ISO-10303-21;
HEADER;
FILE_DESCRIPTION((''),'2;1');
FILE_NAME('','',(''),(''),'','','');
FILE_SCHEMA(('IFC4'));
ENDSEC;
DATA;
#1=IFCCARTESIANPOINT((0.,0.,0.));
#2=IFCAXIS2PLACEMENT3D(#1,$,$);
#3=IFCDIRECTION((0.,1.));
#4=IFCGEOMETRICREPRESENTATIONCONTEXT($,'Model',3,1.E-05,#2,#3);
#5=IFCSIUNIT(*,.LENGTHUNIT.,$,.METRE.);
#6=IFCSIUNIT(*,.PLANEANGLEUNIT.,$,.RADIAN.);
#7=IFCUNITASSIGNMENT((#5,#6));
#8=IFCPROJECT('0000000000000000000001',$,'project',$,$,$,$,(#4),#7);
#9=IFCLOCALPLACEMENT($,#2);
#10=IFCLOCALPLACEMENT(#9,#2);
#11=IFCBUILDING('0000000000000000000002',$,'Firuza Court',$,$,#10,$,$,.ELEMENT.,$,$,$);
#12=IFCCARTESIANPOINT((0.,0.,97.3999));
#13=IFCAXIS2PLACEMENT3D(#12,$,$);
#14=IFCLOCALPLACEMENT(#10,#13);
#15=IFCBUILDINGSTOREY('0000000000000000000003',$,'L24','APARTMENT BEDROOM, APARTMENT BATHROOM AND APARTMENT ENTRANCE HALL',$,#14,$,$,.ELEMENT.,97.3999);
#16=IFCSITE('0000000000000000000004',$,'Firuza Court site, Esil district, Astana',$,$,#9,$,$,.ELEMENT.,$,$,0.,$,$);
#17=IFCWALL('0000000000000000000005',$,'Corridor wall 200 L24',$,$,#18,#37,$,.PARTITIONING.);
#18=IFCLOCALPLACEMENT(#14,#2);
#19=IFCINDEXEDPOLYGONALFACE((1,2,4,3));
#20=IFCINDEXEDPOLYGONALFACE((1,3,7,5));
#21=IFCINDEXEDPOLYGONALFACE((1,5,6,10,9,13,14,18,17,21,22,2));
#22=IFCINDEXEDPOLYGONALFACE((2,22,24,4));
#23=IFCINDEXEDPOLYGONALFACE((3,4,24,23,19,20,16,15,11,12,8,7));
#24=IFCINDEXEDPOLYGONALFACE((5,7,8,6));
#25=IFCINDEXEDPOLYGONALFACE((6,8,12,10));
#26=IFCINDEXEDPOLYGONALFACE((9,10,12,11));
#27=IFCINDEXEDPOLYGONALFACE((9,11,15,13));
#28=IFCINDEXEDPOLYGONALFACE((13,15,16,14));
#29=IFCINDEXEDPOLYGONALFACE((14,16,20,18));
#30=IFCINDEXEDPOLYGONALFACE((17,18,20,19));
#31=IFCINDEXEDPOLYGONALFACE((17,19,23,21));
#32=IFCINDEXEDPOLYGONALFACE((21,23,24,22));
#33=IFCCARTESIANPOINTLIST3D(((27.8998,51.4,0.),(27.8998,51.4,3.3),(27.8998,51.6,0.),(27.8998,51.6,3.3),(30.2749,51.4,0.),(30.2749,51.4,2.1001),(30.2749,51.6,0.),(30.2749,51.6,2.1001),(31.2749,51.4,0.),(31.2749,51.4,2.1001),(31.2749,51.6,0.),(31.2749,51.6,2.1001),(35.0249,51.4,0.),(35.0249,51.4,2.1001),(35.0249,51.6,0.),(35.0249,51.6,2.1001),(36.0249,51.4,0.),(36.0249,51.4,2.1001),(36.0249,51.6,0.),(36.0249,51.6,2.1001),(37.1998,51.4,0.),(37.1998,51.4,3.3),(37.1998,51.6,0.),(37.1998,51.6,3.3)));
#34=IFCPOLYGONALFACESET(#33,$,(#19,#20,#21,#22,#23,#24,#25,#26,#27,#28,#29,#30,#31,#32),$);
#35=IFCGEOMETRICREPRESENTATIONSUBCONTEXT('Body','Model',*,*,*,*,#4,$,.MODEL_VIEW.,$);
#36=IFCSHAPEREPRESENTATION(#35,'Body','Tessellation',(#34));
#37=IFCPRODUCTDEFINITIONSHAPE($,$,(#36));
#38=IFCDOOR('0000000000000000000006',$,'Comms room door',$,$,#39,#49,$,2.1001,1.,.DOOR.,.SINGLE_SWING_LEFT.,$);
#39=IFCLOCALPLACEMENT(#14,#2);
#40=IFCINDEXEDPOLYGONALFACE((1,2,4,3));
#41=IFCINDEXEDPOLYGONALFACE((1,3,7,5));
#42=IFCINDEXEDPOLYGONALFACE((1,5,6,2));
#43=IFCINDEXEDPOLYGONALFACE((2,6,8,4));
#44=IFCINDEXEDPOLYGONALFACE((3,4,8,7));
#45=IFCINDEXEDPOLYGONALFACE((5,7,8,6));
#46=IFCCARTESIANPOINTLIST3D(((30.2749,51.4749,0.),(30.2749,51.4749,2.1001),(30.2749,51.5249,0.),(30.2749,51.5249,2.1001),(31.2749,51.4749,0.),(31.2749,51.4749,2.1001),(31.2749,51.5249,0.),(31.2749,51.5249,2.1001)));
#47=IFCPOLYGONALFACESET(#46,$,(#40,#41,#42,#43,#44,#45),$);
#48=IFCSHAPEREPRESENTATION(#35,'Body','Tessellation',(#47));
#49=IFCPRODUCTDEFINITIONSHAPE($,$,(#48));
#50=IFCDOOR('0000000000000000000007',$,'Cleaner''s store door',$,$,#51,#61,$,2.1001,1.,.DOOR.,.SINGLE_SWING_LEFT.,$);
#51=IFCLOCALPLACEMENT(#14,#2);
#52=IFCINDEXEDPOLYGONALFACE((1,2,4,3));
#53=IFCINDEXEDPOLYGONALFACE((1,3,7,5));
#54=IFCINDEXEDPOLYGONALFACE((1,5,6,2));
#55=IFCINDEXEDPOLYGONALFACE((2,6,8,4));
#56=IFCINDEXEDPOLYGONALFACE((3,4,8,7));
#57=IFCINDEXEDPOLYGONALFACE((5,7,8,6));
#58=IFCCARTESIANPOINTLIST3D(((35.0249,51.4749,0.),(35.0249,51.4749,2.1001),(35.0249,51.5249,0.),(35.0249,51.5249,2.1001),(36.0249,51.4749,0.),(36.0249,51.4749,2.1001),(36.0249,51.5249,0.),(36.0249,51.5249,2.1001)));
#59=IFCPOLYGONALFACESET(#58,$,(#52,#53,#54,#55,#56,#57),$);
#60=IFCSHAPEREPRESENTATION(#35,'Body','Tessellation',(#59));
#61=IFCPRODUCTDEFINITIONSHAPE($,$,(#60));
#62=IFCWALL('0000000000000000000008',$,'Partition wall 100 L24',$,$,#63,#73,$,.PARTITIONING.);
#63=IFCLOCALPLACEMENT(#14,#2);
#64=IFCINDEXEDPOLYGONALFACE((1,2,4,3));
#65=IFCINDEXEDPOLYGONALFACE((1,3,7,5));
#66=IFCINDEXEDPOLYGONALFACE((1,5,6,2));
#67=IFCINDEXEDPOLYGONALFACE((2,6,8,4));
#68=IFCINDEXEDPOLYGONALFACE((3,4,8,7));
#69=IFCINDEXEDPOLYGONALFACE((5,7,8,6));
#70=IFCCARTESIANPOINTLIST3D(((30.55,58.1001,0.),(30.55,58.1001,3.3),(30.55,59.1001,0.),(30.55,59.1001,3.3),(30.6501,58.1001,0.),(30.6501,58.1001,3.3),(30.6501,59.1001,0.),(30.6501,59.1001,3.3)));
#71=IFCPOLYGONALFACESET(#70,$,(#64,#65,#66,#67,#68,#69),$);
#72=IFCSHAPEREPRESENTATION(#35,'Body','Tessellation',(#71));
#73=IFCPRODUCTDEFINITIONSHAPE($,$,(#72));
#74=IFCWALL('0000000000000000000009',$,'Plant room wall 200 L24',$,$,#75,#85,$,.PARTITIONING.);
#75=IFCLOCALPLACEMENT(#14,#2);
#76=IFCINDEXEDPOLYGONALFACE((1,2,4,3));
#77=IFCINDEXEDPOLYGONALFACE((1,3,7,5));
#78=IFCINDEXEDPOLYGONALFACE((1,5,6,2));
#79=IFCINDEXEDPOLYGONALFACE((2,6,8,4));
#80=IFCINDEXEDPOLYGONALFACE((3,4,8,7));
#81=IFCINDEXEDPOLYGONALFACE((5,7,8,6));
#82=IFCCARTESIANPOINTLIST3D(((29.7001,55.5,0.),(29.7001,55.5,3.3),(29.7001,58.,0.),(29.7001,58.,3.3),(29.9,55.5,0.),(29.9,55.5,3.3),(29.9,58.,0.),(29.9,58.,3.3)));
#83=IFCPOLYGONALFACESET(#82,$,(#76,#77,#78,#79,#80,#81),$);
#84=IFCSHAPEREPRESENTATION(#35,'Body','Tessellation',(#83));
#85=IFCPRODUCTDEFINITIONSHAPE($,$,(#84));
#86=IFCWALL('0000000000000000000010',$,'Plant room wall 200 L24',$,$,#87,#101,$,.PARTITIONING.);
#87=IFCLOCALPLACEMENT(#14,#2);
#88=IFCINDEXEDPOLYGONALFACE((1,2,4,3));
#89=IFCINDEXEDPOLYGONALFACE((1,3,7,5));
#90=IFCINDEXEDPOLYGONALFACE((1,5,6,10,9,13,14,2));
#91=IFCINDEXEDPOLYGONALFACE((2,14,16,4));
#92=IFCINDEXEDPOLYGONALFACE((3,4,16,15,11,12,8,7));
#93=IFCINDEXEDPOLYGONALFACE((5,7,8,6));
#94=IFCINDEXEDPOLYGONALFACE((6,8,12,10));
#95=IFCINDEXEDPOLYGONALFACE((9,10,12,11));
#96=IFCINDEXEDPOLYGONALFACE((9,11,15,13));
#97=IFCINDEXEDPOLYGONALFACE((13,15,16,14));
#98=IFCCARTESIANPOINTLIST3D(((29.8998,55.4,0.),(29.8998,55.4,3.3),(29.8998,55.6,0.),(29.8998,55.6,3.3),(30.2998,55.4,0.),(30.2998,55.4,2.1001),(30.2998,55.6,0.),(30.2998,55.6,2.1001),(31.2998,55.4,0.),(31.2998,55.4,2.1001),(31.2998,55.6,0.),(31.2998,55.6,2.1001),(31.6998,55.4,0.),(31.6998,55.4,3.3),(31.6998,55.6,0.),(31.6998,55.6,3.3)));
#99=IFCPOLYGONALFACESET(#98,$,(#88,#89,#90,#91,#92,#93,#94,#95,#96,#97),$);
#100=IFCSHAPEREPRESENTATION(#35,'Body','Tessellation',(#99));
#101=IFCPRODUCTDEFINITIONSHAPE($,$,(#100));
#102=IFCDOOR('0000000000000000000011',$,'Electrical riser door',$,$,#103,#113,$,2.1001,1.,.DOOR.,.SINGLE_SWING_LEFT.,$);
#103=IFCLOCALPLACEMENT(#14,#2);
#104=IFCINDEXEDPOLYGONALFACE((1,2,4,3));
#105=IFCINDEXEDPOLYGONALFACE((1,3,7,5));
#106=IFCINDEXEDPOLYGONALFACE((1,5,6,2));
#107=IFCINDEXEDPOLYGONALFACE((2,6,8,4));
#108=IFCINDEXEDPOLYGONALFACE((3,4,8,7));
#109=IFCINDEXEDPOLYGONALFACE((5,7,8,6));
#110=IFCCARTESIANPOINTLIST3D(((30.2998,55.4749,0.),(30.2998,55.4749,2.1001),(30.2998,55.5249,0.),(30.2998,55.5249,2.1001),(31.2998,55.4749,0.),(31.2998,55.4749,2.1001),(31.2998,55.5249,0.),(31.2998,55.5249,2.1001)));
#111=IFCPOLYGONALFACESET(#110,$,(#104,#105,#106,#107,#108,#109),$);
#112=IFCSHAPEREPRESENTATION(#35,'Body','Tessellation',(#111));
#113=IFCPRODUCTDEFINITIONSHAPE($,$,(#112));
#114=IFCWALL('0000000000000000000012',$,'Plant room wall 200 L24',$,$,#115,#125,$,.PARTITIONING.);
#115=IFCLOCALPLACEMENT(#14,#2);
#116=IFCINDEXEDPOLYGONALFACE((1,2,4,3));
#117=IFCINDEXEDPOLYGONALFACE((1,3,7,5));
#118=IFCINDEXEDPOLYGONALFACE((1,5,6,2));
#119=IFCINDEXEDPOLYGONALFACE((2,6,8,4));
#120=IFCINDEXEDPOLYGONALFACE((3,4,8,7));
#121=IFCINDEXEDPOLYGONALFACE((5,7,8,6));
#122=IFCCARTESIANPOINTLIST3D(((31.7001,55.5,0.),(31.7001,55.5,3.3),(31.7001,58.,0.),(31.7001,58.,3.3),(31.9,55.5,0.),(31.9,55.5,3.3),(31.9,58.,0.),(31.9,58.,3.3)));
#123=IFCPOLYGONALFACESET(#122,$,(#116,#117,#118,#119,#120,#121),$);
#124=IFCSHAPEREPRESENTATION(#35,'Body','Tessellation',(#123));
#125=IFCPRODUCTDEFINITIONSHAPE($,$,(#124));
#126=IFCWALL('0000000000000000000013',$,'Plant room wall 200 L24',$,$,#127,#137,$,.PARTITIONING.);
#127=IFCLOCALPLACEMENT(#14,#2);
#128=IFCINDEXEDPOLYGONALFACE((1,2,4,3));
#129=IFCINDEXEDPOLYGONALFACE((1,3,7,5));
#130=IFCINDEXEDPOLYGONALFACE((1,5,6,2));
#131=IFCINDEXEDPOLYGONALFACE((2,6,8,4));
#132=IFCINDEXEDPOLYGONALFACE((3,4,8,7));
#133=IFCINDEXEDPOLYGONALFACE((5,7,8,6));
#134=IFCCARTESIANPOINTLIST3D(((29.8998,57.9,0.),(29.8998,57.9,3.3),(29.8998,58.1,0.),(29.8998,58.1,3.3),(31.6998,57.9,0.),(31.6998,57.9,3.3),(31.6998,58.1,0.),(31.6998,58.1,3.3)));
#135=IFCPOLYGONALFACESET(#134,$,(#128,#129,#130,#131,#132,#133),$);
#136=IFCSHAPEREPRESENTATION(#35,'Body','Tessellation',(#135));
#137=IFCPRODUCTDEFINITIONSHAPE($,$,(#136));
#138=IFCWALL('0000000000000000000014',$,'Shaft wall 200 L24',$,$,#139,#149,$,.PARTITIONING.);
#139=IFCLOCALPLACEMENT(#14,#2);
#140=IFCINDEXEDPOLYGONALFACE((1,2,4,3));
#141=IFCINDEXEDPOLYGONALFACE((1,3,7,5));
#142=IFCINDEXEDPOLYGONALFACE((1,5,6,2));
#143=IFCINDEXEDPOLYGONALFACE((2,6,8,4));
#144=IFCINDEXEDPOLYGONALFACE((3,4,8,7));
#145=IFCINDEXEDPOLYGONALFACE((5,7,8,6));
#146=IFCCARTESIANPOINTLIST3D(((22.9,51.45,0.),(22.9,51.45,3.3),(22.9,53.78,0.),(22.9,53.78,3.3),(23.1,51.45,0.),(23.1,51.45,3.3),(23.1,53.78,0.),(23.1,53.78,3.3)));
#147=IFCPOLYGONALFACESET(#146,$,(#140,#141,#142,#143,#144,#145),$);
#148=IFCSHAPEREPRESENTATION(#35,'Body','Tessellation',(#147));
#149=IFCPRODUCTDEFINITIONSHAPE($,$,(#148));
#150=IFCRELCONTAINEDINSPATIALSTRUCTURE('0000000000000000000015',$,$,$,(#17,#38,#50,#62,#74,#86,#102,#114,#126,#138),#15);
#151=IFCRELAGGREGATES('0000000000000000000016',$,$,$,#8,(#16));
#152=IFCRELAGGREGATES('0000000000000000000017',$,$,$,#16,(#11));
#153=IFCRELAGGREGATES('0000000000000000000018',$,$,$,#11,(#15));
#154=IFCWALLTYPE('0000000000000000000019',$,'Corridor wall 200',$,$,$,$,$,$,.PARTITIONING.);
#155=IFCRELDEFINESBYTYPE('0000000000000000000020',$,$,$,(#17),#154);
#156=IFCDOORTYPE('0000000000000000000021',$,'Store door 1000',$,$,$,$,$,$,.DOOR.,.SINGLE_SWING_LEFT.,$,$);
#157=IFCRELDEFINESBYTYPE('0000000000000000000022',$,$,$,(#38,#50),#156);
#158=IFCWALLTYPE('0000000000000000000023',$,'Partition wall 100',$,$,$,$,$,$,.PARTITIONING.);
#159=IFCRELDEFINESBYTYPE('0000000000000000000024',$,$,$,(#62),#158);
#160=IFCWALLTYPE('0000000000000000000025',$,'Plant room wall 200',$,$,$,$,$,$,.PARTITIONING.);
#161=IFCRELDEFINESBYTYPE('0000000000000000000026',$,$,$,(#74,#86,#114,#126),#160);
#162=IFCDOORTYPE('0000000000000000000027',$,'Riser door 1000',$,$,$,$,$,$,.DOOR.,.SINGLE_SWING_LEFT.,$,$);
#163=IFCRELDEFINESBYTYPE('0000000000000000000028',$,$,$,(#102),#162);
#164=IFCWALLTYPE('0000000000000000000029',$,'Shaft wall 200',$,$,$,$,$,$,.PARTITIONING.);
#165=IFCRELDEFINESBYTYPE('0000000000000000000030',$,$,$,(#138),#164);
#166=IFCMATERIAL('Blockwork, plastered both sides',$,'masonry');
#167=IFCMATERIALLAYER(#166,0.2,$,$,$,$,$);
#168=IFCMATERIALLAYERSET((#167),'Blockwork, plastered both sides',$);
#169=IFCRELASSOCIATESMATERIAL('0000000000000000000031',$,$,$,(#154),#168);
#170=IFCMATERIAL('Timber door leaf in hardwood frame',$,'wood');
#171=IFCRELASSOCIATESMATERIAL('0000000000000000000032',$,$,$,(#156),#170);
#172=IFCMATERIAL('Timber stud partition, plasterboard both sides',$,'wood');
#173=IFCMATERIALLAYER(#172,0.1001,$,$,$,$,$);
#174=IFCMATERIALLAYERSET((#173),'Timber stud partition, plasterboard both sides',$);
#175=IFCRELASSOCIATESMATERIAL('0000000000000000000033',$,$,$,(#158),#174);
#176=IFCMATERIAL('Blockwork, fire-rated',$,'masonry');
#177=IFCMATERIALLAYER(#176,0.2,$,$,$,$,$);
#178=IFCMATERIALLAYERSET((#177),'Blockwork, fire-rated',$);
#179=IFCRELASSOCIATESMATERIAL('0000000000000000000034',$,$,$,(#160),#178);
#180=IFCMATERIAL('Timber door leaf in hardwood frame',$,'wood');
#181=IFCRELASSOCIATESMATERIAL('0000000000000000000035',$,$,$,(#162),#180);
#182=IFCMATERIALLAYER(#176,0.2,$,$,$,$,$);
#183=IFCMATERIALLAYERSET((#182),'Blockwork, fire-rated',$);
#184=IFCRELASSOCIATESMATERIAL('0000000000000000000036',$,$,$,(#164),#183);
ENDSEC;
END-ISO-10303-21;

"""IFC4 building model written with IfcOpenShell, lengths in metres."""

from ifc_helpers import new_model, si_unit, direction, frame, frame_2d, origin, place, context, subcontext, project, spatial, rectangle, extrude, material, layer, layer_set, type_object, element, fill, save


model = new_model("IFC4")

# Units and contexts
model_context = context("Model", 3, precision=1e-05, world=origin(), true_north=direction((0.0, 1.0)))
body_context = subcontext(model_context, "Body", "Model", "MODEL_VIEW")
ifc_project = project(units=[si_unit("LENGTHUNIT", "METRE"), si_unit("PLANEANGLEUNIT", "RADIAN")], contexts=[model_context])

# Site, building, storey
site_placement = place(None, origin())
site = spatial("IfcSite", under=ifc_project, at=site_placement, Name="Firuza Court site, Esil district, Astana", CompositionType="ELEMENT", RefElevation=0.0)
building_placement = place(site_placement, origin())
building = spatial("IfcBuilding", under=site, at=building_placement, Name="Firuza Court", CompositionType="ELEMENT")
storey_placement = place(building_placement, frame((0.0, 0.0, 97.3999)))
storey = spatial("IfcBuildingStorey", under=building, at=storey_placement, Name="L24", Description="APARTMENT BEDROOM, APARTMENT BATHROOM AND APARTMENT ENTRANCE HALL", CompositionType="ELEMENT", Elevation=97.3999)

# Wall, openings, doors
ifc_material_1 = material(Name="Blockwork, plastered both sides", Category="masonry")
ifc_layer_1 = layer(ifc_material_1, 0.2)
ifc_layer_set_1 = layer_set([ifc_layer_1], Name="Blockwork, plastered both sides")
wall_type_1 = type_object("IfcWallType", Name="Corridor wall 200", PredefinedType="PARTITIONING", material=ifc_layer_set_1)
wall_1_placement = place(storey_placement, frame((27.8999, 51.5, 0.0), z_axis=(0.0, 0.0, 1.0), x_axis=(1.0, 0.0, 0.0)))
wall_1 = element("IfcWall", 1, at=wall_1_placement, inside=storey, type_object=wall_type_1, Name="Corridor wall 200 L24", PredefinedType="PARTITIONING", context=body_context, shape_type="SweptSolid", body=[
    extrude(rectangle(XDim=9.3, YDim=0.2, at=frame_2d((4.6499, 0.0))), origin(), (0.0, 0.0, 1.0), 3.3),
])
opening_1_placement = place(wall_1_placement, frame((2.375, 0.0, 0.0)))
opening_1 = element("IfcOpeningElement", 2, at=opening_1_placement, cuts=wall_1, PredefinedType="OPENING", context=body_context, shape_type="SweptSolid", body=[
    extrude(rectangle(XDim=1.0, YDim=2.1001, at=frame_2d((0.5, 1.05))), frame((0.0, 0.1118, 0.0), z_axis=(0.0, -1.0, 0.0), x_axis=(1.0, 0.0, 0.0)), (0.0, 0.0, 1.0), 0.2239),
])
opening_2_placement = place(wall_1_placement, frame((7.125, 0.0, 0.0)))
opening_2 = element("IfcOpeningElement", 3, at=opening_2_placement, cuts=wall_1, PredefinedType="OPENING", context=body_context, shape_type="SweptSolid", body=[
    extrude(rectangle(XDim=1.0, YDim=2.1001, at=frame_2d((0.5, 1.05))), frame((0.0, 0.1118, 0.0), z_axis=(0.0, -1.0, 0.0), x_axis=(1.0, 0.0, 0.0)), (0.0, 0.0, 1.0), 0.2239),
])
ifc_material_2 = material(Name="Timber door leaf in hardwood frame", Category="wood")
door_type_1 = type_object("IfcDoorType", Name="Store door 1000", OperationType="SINGLE_SWING_LEFT", PredefinedType="DOOR", material=ifc_material_2)
door_1_placement = place(opening_1_placement, origin())
door_1 = element("IfcDoor", 4, at=door_1_placement, inside=storey, type_object=door_type_1, Name="Comms room door", OperationType="SINGLE_SWING_LEFT", OverallHeight=2.1001, OverallWidth=1.0, PredefinedType="DOOR", context=body_context, shape_type="SweptSolid", body=[
    extrude(rectangle(XDim=1.0, YDim=2.1001, at=frame_2d((0.5, 1.05))), frame((0.0, 0.0249, 0.0), z_axis=(0.0, -1.0, 0.0), x_axis=(1.0, 0.0, 0.0)), (0.0, 0.0, 1.0), 0.05),
])
fill(opening_1, door_1)
door_2_placement = place(opening_2_placement, origin())
door_2 = element("IfcDoor", 5, at=door_2_placement, inside=storey, type_object=door_type_1, Name="Cleaner's store door", OperationType="SINGLE_SWING_LEFT", OverallHeight=2.1001, OverallWidth=1.0, PredefinedType="DOOR", context=body_context, shape_type="SweptSolid", body=[
    extrude(rectangle(XDim=1.0, YDim=2.1001, at=frame_2d((0.5, 1.05))), frame((0.0, 0.0249, 0.0), z_axis=(0.0, -1.0, 0.0), x_axis=(1.0, 0.0, 0.0)), (0.0, 0.0, 1.0), 0.05),
])
fill(opening_2, door_2)

# Walls
ifc_material_3 = material(Name="Timber stud partition, plasterboard both sides", Category="wood")
ifc_layer_2 = layer(ifc_material_3, 0.1001)
ifc_layer_set_2 = layer_set([ifc_layer_2], Name="Timber stud partition, plasterboard both sides")
wall_type_2 = type_object("IfcWallType", Name="Partition wall 100", PredefinedType="PARTITIONING", material=ifc_layer_set_2)
wall_2_placement = place(storey_placement, frame((30.6001, 58.1001, 0.0), z_axis=(0.0, 0.0, 1.0), x_axis=(0.0, 1.0, 0.0)))
element("IfcWall", 6, at=wall_2_placement, inside=storey, type_object=wall_type_2, Name="Partition wall 100 L24", PredefinedType="PARTITIONING", context=body_context, shape_type="SweptSolid", body=[
    extrude(rectangle(XDim=1.0, YDim=0.1001, at=frame_2d((0.5, 0.0))), origin(), (0.0, 0.0, 1.0), 3.3),
])
ifc_material_4 = material(Name="Blockwork, fire-rated", Category="masonry")
ifc_layer_3 = layer(ifc_material_4, 0.2)
ifc_layer_set_3 = layer_set([ifc_layer_3], Name="Blockwork, fire-rated")
wall_type_3 = type_object("IfcWallType", Name="Plant room wall 200", PredefinedType="PARTITIONING", material=ifc_layer_set_3)
wall_3_placement = place(storey_placement, frame((29.8, 55.5, 0.0), z_axis=(0.0, 0.0, 1.0), x_axis=(0.0, 1.0, 0.0)))
element("IfcWall", 7, at=wall_3_placement, inside=storey, type_object=wall_type_3, Name="Plant room wall 200 L24", PredefinedType="PARTITIONING", context=body_context, shape_type="SweptSolid", body=[
    extrude(rectangle(XDim=2.5, YDim=0.2, at=frame_2d((1.25, 0.0))), origin(), (0.0, 0.0, 1.0), 3.3),
])

# Wall, opening, door
wall_4_placement = place(storey_placement, frame((29.8999, 55.5, 0.0), z_axis=(0.0, 0.0, 1.0), x_axis=(1.0, 0.0, 0.0)))
wall_4 = element("IfcWall", 8, at=wall_4_placement, inside=storey, type_object=wall_type_3, Name="Plant room wall 200 L24", PredefinedType="PARTITIONING", context=body_context, shape_type="SweptSolid", body=[
    extrude(rectangle(XDim=1.8, YDim=0.2, at=frame_2d((0.8999, 0.0))), origin(), (0.0, 0.0, 1.0), 3.3),
])
opening_3_placement = place(wall_4_placement, frame((0.3999, 0.0, 0.0)))
opening_3 = element("IfcOpeningElement", 9, at=opening_3_placement, cuts=wall_4, PredefinedType="OPENING", context=body_context, shape_type="SweptSolid", body=[
    extrude(rectangle(XDim=1.0, YDim=2.1001, at=frame_2d((0.5, 1.05))), frame((0.0, 0.1118, 0.0), z_axis=(0.0, -1.0, 0.0), x_axis=(1.0, 0.0, 0.0)), (0.0, 0.0, 1.0), 0.2239),
])
ifc_material_5 = material(Name="Timber door leaf in hardwood frame", Category="wood")
door_type_2 = type_object("IfcDoorType", Name="Riser door 1000", OperationType="SINGLE_SWING_LEFT", PredefinedType="DOOR", material=ifc_material_5)
door_3_placement = place(opening_3_placement, origin())
door_3 = element("IfcDoor", 10, at=door_3_placement, inside=storey, type_object=door_type_2, Name="Electrical riser door", OperationType="SINGLE_SWING_LEFT", OverallHeight=2.1001, OverallWidth=1.0, PredefinedType="DOOR", context=body_context, shape_type="SweptSolid", body=[
    extrude(rectangle(XDim=1.0, YDim=2.1001, at=frame_2d((0.5, 1.05))), frame((0.0, 0.0249, 0.0), z_axis=(0.0, -1.0, 0.0), x_axis=(1.0, 0.0, 0.0)), (0.0, 0.0, 1.0), 0.05),
])
fill(opening_3, door_3)

# Walls
wall_5_placement = place(storey_placement, frame((31.8, 55.5, 0.0), z_axis=(0.0, 0.0, 1.0), x_axis=(0.0, 1.0, 0.0)))
element("IfcWall", 11, at=wall_5_placement, inside=storey, type_object=wall_type_3, Name="Plant room wall 200 L24", PredefinedType="PARTITIONING", context=body_context, shape_type="SweptSolid", body=[
    extrude(rectangle(XDim=2.5, YDim=0.2, at=frame_2d((1.25, 0.0))), origin(), (0.0, 0.0, 1.0), 3.3),
])
wall_6_placement = place(storey_placement, frame((29.8999, 58.0, 0.0), z_axis=(0.0, 0.0, 1.0), x_axis=(1.0, 0.0, 0.0)))
element("IfcWall", 12, at=wall_6_placement, inside=storey, type_object=wall_type_3, Name="Plant room wall 200 L24", PredefinedType="PARTITIONING", context=body_context, shape_type="SweptSolid", body=[
    extrude(rectangle(XDim=1.8, YDim=0.2, at=frame_2d((0.8999, 0.0))), origin(), (0.0, 0.0, 1.0), 3.3),
])
ifc_layer_4 = layer(ifc_material_4, 0.2)
ifc_layer_set_4 = layer_set([ifc_layer_4], Name="Blockwork, fire-rated")
wall_type_4 = type_object("IfcWallType", Name="Shaft wall 200", PredefinedType="PARTITIONING", material=ifc_layer_set_4)
wall_7_placement = place(storey_placement, frame((23.0, 51.45, 0.0), z_axis=(0.0, 0.0, 1.0), x_axis=(0.0, 1.0, 0.0)))
element("IfcWall", 13, at=wall_7_placement, inside=storey, type_object=wall_type_4, Name="Shaft wall 200 L24", PredefinedType="PARTITIONING", context=body_context, shape_type="SweptSolid", body=[
    extrude(rectangle(XDim=2.3301, YDim=0.2, at=frame_2d((1.165, 0.0))), origin(), (0.0, 0.0, 1.0), 3.3),
])

save(model, "model.ifc")
